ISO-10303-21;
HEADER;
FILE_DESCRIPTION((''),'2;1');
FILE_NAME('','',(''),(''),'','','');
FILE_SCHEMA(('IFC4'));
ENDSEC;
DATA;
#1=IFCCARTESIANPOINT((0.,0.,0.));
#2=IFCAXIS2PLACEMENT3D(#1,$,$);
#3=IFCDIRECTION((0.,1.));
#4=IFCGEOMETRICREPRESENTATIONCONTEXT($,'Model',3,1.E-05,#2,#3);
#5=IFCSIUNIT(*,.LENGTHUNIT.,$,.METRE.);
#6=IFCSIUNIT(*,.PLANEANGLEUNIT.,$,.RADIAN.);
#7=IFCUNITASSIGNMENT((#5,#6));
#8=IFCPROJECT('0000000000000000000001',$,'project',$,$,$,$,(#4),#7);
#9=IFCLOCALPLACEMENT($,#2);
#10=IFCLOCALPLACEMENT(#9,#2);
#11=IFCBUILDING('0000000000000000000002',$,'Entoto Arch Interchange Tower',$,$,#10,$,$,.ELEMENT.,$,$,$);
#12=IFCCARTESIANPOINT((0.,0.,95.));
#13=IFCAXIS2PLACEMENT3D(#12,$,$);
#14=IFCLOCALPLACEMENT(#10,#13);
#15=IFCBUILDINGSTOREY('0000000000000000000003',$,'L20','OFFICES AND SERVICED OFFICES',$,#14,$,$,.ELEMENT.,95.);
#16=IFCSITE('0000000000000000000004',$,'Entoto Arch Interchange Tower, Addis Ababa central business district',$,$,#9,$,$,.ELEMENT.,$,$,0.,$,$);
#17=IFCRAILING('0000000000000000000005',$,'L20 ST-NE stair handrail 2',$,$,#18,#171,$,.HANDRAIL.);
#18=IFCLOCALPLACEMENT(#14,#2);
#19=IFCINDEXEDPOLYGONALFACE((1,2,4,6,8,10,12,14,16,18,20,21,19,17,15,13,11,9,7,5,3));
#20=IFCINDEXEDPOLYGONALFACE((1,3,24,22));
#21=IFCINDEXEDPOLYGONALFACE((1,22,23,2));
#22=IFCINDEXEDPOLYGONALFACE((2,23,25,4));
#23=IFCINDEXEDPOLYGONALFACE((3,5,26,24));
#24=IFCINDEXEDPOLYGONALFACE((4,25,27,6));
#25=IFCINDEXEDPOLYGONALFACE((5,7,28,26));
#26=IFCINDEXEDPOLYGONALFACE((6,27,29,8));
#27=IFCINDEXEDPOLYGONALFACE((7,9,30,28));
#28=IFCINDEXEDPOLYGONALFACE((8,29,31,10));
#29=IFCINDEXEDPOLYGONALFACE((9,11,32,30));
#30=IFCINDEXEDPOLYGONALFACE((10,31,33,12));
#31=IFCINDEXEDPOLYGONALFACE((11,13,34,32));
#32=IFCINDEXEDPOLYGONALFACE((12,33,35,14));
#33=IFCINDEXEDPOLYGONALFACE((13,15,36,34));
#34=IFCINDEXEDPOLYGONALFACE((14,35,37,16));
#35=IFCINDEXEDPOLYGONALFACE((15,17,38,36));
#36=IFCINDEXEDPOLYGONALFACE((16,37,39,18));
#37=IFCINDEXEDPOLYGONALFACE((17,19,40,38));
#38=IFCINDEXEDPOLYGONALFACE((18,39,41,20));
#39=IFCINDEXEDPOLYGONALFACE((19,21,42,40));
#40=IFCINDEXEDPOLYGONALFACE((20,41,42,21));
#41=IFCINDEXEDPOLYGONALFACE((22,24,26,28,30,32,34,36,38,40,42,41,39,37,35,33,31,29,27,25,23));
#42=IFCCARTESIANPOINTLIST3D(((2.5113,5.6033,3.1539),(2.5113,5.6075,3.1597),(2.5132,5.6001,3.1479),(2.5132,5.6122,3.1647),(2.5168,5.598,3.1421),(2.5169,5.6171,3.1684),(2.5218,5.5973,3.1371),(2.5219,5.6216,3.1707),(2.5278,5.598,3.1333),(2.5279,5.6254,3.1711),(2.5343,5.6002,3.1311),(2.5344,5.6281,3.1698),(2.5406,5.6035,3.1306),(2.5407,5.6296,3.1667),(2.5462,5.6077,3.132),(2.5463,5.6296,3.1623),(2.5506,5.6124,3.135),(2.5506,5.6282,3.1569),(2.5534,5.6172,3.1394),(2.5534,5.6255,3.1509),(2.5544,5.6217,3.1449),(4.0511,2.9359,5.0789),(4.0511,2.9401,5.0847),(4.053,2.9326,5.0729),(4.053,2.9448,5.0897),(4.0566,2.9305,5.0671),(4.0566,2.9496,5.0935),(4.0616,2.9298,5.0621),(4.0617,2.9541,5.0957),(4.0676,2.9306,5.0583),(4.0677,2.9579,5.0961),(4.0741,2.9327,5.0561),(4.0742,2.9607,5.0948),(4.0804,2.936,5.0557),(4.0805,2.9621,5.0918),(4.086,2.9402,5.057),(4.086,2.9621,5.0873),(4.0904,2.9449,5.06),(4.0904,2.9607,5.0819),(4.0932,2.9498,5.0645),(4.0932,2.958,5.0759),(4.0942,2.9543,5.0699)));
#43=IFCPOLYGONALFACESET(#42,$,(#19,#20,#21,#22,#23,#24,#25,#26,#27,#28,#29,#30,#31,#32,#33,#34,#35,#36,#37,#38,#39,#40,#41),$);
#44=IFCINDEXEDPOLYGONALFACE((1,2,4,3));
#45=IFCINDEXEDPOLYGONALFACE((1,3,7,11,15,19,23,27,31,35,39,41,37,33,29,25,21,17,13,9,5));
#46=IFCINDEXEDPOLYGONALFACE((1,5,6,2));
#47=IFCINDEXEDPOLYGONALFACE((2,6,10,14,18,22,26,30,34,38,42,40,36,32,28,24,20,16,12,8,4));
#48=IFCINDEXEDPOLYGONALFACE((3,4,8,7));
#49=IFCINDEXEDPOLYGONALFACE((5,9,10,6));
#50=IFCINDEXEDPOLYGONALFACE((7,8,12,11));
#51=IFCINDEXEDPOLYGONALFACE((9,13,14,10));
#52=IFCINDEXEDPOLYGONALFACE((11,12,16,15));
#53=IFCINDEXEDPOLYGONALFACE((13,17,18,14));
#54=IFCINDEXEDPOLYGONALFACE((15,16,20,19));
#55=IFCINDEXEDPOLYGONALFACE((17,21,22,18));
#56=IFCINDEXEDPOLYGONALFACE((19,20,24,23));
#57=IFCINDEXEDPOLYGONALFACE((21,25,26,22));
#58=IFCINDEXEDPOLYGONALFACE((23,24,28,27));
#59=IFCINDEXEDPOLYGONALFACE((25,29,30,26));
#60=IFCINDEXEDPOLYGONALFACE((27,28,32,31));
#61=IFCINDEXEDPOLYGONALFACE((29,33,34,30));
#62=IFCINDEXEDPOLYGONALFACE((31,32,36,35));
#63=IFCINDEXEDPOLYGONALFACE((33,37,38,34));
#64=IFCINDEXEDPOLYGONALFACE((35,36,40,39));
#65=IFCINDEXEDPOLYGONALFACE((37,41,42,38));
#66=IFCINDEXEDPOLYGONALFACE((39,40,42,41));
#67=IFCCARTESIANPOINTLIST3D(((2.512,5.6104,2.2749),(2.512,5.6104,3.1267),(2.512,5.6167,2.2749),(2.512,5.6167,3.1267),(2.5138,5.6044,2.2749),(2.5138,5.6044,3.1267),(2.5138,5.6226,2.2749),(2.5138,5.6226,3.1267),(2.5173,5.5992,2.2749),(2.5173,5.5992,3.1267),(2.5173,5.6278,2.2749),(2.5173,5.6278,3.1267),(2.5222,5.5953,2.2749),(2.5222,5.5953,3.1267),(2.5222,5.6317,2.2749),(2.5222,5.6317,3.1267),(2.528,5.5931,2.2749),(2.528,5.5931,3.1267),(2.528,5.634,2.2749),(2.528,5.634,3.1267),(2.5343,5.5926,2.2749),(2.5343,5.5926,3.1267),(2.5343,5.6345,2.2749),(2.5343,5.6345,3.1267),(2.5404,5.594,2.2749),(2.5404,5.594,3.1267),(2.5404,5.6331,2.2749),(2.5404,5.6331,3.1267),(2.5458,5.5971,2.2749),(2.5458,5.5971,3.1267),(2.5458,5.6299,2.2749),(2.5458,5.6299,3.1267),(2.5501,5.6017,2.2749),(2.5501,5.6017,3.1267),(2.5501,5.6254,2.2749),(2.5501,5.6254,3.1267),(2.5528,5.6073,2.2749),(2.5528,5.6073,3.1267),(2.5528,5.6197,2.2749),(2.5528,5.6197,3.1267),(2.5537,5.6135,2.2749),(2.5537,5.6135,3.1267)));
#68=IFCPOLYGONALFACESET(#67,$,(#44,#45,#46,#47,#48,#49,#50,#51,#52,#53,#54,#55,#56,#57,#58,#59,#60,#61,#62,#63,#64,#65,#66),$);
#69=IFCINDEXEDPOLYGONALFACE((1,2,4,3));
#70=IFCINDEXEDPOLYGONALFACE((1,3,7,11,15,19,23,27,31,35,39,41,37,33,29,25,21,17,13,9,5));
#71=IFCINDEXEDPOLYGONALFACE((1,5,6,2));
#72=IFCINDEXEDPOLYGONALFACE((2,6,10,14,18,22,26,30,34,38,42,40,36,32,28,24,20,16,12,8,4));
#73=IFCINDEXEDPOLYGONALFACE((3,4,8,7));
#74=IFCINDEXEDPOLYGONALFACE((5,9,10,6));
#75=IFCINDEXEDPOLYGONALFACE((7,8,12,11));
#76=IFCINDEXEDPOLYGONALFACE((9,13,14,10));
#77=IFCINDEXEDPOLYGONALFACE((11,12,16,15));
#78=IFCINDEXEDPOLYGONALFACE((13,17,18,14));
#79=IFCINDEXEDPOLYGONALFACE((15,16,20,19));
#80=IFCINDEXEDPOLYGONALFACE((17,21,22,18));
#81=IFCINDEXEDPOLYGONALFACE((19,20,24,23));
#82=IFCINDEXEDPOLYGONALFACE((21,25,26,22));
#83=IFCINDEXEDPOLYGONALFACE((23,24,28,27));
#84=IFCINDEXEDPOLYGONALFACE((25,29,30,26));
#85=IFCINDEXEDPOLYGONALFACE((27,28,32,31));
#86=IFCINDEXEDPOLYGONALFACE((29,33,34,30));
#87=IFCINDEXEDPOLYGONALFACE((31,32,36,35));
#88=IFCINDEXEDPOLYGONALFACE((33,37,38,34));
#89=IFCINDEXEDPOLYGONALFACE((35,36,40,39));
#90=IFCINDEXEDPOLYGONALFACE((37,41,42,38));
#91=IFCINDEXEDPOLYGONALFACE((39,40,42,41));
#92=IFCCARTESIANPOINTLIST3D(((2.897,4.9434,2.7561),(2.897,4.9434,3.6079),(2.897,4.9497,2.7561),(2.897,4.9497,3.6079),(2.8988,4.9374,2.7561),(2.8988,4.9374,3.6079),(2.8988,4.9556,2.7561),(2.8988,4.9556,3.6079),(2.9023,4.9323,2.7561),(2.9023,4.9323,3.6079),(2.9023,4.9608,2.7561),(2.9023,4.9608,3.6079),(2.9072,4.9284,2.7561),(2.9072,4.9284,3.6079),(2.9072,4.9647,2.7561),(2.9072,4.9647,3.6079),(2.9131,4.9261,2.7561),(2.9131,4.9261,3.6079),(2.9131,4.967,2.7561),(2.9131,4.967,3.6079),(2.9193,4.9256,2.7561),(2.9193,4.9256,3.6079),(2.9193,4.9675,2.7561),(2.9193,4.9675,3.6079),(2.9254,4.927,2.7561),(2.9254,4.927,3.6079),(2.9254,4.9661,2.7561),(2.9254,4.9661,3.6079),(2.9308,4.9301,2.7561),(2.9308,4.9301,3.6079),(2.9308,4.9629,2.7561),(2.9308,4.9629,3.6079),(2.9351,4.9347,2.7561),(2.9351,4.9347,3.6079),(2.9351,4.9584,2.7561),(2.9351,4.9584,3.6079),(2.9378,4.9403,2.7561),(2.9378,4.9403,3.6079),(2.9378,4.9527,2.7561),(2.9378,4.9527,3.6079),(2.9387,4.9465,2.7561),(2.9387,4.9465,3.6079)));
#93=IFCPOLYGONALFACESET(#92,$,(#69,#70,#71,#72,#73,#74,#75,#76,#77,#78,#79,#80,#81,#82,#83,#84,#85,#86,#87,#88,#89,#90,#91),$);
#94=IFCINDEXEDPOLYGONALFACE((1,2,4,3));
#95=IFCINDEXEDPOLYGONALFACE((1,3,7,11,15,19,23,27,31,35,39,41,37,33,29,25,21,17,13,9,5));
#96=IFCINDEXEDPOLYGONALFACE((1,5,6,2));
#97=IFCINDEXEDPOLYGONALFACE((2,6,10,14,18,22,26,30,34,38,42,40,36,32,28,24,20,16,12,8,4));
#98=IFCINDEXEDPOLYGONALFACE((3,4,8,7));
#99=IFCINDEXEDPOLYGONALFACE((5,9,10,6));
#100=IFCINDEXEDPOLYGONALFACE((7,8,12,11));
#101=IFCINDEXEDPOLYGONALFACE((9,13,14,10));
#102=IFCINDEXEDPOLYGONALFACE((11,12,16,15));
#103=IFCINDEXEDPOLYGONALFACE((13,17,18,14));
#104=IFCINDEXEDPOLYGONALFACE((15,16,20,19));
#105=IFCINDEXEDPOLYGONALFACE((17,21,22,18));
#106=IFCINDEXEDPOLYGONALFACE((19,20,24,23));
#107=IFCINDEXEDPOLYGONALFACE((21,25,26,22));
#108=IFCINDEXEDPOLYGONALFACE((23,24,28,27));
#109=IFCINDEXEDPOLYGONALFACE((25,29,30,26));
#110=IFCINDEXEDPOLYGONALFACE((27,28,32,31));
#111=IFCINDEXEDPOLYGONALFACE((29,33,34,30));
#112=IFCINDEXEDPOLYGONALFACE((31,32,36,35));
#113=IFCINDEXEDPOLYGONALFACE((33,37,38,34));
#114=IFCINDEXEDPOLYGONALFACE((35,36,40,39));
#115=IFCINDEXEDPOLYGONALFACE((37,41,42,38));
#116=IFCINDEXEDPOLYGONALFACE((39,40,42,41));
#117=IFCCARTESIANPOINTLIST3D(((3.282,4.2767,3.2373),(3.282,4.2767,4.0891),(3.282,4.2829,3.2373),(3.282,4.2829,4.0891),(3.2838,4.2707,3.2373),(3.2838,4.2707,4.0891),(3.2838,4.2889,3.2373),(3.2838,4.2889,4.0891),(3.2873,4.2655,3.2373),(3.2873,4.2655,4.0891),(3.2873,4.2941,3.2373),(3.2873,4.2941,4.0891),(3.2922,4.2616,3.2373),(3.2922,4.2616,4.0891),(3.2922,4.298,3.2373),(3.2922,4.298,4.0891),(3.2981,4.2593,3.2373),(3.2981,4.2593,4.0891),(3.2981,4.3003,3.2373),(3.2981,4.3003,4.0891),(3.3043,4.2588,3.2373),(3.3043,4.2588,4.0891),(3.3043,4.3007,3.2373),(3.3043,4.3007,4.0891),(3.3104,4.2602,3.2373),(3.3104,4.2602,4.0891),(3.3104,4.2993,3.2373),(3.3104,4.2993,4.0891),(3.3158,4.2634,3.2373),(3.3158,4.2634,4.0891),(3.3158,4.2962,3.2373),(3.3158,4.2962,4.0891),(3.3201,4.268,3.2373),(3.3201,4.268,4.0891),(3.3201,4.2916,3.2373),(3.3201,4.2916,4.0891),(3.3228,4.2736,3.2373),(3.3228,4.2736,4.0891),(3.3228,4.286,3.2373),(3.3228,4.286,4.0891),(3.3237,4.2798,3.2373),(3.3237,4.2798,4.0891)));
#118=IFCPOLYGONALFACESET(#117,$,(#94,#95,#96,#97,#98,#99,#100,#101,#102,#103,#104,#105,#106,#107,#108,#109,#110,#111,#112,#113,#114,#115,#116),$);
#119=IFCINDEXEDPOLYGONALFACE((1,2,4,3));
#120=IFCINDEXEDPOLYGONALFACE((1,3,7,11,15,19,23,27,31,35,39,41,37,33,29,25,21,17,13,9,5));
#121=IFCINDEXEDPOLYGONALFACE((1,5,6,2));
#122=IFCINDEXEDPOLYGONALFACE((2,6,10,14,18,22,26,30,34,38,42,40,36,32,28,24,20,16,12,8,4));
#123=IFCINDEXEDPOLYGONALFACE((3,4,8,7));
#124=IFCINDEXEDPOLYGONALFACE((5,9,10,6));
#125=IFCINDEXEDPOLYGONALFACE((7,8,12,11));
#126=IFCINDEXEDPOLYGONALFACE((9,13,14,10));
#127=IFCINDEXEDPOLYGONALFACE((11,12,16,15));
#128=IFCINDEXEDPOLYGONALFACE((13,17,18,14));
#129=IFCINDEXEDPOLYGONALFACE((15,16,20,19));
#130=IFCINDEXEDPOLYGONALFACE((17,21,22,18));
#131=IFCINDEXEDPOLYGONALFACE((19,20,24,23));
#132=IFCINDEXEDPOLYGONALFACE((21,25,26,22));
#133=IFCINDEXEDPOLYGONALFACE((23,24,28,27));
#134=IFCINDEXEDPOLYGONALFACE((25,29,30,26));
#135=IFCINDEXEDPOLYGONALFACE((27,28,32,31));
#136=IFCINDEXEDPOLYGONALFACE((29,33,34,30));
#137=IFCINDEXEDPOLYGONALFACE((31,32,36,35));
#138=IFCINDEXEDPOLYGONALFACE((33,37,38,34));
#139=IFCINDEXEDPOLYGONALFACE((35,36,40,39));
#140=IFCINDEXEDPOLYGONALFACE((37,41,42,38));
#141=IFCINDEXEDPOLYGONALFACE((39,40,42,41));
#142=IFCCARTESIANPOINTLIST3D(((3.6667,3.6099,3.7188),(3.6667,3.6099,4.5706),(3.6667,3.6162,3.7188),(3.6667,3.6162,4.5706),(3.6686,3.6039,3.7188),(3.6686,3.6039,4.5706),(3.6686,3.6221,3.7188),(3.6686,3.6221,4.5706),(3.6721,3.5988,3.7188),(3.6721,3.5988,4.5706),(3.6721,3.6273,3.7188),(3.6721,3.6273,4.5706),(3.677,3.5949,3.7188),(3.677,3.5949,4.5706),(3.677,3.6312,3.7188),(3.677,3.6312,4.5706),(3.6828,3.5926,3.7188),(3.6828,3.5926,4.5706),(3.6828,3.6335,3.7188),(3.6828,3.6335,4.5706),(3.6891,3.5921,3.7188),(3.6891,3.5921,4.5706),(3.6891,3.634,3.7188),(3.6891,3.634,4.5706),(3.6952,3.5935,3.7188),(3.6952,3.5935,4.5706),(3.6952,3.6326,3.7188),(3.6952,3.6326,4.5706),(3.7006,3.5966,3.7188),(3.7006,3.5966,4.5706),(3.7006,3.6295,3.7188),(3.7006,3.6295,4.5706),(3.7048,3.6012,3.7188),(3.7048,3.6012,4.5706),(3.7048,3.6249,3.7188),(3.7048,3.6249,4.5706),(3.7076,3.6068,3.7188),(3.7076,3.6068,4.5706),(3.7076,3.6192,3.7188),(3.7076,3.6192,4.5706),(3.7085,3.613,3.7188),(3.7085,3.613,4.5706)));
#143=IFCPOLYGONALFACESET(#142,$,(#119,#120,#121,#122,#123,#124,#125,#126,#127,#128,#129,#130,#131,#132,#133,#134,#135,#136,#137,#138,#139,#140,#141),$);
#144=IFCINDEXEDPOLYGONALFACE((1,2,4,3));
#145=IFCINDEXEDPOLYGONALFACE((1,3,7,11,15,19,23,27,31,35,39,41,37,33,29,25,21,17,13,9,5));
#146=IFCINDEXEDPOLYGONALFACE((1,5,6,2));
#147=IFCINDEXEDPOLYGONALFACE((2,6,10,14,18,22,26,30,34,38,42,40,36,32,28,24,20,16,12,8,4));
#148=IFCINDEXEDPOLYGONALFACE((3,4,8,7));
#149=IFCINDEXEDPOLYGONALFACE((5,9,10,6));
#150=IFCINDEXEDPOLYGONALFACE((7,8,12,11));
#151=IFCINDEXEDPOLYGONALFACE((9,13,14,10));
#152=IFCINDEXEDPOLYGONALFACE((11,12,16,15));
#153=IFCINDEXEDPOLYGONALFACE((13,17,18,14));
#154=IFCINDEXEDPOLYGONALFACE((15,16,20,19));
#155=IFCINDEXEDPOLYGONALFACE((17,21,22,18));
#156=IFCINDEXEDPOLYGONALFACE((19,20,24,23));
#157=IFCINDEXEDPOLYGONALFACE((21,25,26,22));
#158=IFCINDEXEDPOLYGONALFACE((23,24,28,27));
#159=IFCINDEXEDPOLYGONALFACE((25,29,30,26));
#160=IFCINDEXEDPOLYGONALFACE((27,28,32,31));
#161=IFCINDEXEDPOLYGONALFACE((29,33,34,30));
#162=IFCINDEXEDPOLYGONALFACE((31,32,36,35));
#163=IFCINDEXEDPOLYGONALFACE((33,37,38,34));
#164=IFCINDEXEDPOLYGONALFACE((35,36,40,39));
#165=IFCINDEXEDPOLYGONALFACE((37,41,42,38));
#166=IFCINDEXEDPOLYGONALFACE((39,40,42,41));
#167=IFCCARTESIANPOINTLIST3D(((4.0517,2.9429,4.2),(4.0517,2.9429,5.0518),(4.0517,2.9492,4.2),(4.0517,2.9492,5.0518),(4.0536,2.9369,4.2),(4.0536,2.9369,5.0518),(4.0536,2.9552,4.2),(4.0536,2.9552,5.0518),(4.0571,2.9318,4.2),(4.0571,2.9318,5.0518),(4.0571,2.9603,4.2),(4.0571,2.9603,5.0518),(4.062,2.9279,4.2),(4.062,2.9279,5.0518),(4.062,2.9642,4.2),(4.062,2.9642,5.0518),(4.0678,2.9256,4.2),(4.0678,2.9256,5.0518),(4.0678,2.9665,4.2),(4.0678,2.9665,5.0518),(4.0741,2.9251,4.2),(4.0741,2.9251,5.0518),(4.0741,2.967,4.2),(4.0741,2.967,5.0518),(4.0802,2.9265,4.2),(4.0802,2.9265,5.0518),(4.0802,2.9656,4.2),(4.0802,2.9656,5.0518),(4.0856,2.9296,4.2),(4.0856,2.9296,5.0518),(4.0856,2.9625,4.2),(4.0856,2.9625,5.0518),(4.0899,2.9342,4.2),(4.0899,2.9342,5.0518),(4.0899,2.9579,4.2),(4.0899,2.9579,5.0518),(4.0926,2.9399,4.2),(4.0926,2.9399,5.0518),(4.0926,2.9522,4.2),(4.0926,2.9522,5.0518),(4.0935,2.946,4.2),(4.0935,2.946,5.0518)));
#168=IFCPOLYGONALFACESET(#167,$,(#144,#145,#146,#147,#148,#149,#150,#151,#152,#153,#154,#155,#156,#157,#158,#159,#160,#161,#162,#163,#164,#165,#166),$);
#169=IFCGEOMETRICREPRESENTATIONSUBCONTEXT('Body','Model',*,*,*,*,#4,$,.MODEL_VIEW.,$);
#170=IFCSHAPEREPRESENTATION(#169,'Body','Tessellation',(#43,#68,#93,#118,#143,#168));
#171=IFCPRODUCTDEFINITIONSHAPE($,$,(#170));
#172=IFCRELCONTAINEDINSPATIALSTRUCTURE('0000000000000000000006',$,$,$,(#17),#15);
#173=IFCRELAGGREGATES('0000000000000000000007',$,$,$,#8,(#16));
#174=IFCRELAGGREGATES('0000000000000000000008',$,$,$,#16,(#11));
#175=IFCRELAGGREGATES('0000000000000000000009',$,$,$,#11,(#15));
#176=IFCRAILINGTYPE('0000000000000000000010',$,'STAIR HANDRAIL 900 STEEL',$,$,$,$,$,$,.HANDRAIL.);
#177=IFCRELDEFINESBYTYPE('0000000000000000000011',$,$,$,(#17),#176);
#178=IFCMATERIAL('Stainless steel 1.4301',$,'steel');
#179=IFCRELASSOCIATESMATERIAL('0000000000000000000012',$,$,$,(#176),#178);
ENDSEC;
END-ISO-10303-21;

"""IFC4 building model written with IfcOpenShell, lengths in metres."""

from ifc_helpers import new_model, si_unit, direction, frame, origin, origin_2d, place, context, subcontext, project, spatial, circle, extrude, material, type_object, element, save


model = new_model("IFC4")

# Units and contexts
model_context = context("Model", 3, precision=1e-05, world=origin(), true_north=direction((0.0, 1.0)))
body_context = subcontext(model_context, "Body", "Model", "MODEL_VIEW")
ifc_project = project(units=[si_unit("LENGTHUNIT", "METRE"), si_unit("PLANEANGLEUNIT", "RADIAN")], contexts=[model_context])

# Site, building, storey
site_placement = place(None, origin())
site = spatial("IfcSite", under=ifc_project, at=site_placement, Name="Entoto Arch Interchange Tower, Addis Ababa central business district", CompositionType="ELEMENT", RefElevation=0.0)
building_placement = place(site_placement, origin())
building = spatial("IfcBuilding", under=site, at=building_placement, Name="Entoto Arch Interchange Tower", CompositionType="ELEMENT")
storey_placement = place(building_placement, frame((0.0, 0.0, 95.0)))
storey = spatial("IfcBuildingStorey", under=building, at=storey_placement, Name="L20", Description="OFFICES AND SERVICED OFFICES", CompositionType="ELEMENT", Elevation=95.0)

# Railing
ifc_material_1 = material(Name="Stainless steel 1.4301", Category="steel")
railing_type_1 = type_object("IfcRailingType", Name="STAIR HANDRAIL 900 STEEL", PredefinedType="HANDRAIL", material=ifc_material_1)
railing_1_placement = place(storey_placement, frame((2.5327, 5.6135, 2.2749)))
element("IfcRailing", 1, at=railing_1_placement, inside=storey, type_object=railing_type_1, Name="L20 ST-NE stair handrail 2", PredefinedType="HANDRAIL", context=body_context, shape_type="SweptSolid", body=[
    extrude(circle(Radius=0.0239, at=origin_2d()), frame((0.0, 0.0, 0.876), z_axis=(0.423939, -0.734416, 0.530008), x_axis=(0.866064, 0.499933, 0.0)), (0.0, 0.0, 1.0), 3.6321),
    extrude(circle(Radius=0.021, at=origin_2d()), origin(), (0.0, 0.0, 1.0), 0.8518),
    extrude(circle(Radius=0.021, at=origin_2d()), frame((0.385, -0.667, 0.4812)), (0.0, 0.0, 1.0), 0.8518),
    extrude(circle(Radius=0.021, at=origin_2d()), frame((0.77, -1.3337, 0.9624)), (0.0, 0.0, 1.0), 0.8518),
    extrude(circle(Radius=0.021, at=origin_2d()), frame((1.1548, -2.0005, 1.4438)), (0.0, 0.0, 1.0), 0.8518),
    extrude(circle(Radius=0.021, at=origin_2d()), frame((1.5398, -2.6675, 1.925)), (0.0, 0.0, 1.0), 0.8518),
])

save(model, "model.ifc")
